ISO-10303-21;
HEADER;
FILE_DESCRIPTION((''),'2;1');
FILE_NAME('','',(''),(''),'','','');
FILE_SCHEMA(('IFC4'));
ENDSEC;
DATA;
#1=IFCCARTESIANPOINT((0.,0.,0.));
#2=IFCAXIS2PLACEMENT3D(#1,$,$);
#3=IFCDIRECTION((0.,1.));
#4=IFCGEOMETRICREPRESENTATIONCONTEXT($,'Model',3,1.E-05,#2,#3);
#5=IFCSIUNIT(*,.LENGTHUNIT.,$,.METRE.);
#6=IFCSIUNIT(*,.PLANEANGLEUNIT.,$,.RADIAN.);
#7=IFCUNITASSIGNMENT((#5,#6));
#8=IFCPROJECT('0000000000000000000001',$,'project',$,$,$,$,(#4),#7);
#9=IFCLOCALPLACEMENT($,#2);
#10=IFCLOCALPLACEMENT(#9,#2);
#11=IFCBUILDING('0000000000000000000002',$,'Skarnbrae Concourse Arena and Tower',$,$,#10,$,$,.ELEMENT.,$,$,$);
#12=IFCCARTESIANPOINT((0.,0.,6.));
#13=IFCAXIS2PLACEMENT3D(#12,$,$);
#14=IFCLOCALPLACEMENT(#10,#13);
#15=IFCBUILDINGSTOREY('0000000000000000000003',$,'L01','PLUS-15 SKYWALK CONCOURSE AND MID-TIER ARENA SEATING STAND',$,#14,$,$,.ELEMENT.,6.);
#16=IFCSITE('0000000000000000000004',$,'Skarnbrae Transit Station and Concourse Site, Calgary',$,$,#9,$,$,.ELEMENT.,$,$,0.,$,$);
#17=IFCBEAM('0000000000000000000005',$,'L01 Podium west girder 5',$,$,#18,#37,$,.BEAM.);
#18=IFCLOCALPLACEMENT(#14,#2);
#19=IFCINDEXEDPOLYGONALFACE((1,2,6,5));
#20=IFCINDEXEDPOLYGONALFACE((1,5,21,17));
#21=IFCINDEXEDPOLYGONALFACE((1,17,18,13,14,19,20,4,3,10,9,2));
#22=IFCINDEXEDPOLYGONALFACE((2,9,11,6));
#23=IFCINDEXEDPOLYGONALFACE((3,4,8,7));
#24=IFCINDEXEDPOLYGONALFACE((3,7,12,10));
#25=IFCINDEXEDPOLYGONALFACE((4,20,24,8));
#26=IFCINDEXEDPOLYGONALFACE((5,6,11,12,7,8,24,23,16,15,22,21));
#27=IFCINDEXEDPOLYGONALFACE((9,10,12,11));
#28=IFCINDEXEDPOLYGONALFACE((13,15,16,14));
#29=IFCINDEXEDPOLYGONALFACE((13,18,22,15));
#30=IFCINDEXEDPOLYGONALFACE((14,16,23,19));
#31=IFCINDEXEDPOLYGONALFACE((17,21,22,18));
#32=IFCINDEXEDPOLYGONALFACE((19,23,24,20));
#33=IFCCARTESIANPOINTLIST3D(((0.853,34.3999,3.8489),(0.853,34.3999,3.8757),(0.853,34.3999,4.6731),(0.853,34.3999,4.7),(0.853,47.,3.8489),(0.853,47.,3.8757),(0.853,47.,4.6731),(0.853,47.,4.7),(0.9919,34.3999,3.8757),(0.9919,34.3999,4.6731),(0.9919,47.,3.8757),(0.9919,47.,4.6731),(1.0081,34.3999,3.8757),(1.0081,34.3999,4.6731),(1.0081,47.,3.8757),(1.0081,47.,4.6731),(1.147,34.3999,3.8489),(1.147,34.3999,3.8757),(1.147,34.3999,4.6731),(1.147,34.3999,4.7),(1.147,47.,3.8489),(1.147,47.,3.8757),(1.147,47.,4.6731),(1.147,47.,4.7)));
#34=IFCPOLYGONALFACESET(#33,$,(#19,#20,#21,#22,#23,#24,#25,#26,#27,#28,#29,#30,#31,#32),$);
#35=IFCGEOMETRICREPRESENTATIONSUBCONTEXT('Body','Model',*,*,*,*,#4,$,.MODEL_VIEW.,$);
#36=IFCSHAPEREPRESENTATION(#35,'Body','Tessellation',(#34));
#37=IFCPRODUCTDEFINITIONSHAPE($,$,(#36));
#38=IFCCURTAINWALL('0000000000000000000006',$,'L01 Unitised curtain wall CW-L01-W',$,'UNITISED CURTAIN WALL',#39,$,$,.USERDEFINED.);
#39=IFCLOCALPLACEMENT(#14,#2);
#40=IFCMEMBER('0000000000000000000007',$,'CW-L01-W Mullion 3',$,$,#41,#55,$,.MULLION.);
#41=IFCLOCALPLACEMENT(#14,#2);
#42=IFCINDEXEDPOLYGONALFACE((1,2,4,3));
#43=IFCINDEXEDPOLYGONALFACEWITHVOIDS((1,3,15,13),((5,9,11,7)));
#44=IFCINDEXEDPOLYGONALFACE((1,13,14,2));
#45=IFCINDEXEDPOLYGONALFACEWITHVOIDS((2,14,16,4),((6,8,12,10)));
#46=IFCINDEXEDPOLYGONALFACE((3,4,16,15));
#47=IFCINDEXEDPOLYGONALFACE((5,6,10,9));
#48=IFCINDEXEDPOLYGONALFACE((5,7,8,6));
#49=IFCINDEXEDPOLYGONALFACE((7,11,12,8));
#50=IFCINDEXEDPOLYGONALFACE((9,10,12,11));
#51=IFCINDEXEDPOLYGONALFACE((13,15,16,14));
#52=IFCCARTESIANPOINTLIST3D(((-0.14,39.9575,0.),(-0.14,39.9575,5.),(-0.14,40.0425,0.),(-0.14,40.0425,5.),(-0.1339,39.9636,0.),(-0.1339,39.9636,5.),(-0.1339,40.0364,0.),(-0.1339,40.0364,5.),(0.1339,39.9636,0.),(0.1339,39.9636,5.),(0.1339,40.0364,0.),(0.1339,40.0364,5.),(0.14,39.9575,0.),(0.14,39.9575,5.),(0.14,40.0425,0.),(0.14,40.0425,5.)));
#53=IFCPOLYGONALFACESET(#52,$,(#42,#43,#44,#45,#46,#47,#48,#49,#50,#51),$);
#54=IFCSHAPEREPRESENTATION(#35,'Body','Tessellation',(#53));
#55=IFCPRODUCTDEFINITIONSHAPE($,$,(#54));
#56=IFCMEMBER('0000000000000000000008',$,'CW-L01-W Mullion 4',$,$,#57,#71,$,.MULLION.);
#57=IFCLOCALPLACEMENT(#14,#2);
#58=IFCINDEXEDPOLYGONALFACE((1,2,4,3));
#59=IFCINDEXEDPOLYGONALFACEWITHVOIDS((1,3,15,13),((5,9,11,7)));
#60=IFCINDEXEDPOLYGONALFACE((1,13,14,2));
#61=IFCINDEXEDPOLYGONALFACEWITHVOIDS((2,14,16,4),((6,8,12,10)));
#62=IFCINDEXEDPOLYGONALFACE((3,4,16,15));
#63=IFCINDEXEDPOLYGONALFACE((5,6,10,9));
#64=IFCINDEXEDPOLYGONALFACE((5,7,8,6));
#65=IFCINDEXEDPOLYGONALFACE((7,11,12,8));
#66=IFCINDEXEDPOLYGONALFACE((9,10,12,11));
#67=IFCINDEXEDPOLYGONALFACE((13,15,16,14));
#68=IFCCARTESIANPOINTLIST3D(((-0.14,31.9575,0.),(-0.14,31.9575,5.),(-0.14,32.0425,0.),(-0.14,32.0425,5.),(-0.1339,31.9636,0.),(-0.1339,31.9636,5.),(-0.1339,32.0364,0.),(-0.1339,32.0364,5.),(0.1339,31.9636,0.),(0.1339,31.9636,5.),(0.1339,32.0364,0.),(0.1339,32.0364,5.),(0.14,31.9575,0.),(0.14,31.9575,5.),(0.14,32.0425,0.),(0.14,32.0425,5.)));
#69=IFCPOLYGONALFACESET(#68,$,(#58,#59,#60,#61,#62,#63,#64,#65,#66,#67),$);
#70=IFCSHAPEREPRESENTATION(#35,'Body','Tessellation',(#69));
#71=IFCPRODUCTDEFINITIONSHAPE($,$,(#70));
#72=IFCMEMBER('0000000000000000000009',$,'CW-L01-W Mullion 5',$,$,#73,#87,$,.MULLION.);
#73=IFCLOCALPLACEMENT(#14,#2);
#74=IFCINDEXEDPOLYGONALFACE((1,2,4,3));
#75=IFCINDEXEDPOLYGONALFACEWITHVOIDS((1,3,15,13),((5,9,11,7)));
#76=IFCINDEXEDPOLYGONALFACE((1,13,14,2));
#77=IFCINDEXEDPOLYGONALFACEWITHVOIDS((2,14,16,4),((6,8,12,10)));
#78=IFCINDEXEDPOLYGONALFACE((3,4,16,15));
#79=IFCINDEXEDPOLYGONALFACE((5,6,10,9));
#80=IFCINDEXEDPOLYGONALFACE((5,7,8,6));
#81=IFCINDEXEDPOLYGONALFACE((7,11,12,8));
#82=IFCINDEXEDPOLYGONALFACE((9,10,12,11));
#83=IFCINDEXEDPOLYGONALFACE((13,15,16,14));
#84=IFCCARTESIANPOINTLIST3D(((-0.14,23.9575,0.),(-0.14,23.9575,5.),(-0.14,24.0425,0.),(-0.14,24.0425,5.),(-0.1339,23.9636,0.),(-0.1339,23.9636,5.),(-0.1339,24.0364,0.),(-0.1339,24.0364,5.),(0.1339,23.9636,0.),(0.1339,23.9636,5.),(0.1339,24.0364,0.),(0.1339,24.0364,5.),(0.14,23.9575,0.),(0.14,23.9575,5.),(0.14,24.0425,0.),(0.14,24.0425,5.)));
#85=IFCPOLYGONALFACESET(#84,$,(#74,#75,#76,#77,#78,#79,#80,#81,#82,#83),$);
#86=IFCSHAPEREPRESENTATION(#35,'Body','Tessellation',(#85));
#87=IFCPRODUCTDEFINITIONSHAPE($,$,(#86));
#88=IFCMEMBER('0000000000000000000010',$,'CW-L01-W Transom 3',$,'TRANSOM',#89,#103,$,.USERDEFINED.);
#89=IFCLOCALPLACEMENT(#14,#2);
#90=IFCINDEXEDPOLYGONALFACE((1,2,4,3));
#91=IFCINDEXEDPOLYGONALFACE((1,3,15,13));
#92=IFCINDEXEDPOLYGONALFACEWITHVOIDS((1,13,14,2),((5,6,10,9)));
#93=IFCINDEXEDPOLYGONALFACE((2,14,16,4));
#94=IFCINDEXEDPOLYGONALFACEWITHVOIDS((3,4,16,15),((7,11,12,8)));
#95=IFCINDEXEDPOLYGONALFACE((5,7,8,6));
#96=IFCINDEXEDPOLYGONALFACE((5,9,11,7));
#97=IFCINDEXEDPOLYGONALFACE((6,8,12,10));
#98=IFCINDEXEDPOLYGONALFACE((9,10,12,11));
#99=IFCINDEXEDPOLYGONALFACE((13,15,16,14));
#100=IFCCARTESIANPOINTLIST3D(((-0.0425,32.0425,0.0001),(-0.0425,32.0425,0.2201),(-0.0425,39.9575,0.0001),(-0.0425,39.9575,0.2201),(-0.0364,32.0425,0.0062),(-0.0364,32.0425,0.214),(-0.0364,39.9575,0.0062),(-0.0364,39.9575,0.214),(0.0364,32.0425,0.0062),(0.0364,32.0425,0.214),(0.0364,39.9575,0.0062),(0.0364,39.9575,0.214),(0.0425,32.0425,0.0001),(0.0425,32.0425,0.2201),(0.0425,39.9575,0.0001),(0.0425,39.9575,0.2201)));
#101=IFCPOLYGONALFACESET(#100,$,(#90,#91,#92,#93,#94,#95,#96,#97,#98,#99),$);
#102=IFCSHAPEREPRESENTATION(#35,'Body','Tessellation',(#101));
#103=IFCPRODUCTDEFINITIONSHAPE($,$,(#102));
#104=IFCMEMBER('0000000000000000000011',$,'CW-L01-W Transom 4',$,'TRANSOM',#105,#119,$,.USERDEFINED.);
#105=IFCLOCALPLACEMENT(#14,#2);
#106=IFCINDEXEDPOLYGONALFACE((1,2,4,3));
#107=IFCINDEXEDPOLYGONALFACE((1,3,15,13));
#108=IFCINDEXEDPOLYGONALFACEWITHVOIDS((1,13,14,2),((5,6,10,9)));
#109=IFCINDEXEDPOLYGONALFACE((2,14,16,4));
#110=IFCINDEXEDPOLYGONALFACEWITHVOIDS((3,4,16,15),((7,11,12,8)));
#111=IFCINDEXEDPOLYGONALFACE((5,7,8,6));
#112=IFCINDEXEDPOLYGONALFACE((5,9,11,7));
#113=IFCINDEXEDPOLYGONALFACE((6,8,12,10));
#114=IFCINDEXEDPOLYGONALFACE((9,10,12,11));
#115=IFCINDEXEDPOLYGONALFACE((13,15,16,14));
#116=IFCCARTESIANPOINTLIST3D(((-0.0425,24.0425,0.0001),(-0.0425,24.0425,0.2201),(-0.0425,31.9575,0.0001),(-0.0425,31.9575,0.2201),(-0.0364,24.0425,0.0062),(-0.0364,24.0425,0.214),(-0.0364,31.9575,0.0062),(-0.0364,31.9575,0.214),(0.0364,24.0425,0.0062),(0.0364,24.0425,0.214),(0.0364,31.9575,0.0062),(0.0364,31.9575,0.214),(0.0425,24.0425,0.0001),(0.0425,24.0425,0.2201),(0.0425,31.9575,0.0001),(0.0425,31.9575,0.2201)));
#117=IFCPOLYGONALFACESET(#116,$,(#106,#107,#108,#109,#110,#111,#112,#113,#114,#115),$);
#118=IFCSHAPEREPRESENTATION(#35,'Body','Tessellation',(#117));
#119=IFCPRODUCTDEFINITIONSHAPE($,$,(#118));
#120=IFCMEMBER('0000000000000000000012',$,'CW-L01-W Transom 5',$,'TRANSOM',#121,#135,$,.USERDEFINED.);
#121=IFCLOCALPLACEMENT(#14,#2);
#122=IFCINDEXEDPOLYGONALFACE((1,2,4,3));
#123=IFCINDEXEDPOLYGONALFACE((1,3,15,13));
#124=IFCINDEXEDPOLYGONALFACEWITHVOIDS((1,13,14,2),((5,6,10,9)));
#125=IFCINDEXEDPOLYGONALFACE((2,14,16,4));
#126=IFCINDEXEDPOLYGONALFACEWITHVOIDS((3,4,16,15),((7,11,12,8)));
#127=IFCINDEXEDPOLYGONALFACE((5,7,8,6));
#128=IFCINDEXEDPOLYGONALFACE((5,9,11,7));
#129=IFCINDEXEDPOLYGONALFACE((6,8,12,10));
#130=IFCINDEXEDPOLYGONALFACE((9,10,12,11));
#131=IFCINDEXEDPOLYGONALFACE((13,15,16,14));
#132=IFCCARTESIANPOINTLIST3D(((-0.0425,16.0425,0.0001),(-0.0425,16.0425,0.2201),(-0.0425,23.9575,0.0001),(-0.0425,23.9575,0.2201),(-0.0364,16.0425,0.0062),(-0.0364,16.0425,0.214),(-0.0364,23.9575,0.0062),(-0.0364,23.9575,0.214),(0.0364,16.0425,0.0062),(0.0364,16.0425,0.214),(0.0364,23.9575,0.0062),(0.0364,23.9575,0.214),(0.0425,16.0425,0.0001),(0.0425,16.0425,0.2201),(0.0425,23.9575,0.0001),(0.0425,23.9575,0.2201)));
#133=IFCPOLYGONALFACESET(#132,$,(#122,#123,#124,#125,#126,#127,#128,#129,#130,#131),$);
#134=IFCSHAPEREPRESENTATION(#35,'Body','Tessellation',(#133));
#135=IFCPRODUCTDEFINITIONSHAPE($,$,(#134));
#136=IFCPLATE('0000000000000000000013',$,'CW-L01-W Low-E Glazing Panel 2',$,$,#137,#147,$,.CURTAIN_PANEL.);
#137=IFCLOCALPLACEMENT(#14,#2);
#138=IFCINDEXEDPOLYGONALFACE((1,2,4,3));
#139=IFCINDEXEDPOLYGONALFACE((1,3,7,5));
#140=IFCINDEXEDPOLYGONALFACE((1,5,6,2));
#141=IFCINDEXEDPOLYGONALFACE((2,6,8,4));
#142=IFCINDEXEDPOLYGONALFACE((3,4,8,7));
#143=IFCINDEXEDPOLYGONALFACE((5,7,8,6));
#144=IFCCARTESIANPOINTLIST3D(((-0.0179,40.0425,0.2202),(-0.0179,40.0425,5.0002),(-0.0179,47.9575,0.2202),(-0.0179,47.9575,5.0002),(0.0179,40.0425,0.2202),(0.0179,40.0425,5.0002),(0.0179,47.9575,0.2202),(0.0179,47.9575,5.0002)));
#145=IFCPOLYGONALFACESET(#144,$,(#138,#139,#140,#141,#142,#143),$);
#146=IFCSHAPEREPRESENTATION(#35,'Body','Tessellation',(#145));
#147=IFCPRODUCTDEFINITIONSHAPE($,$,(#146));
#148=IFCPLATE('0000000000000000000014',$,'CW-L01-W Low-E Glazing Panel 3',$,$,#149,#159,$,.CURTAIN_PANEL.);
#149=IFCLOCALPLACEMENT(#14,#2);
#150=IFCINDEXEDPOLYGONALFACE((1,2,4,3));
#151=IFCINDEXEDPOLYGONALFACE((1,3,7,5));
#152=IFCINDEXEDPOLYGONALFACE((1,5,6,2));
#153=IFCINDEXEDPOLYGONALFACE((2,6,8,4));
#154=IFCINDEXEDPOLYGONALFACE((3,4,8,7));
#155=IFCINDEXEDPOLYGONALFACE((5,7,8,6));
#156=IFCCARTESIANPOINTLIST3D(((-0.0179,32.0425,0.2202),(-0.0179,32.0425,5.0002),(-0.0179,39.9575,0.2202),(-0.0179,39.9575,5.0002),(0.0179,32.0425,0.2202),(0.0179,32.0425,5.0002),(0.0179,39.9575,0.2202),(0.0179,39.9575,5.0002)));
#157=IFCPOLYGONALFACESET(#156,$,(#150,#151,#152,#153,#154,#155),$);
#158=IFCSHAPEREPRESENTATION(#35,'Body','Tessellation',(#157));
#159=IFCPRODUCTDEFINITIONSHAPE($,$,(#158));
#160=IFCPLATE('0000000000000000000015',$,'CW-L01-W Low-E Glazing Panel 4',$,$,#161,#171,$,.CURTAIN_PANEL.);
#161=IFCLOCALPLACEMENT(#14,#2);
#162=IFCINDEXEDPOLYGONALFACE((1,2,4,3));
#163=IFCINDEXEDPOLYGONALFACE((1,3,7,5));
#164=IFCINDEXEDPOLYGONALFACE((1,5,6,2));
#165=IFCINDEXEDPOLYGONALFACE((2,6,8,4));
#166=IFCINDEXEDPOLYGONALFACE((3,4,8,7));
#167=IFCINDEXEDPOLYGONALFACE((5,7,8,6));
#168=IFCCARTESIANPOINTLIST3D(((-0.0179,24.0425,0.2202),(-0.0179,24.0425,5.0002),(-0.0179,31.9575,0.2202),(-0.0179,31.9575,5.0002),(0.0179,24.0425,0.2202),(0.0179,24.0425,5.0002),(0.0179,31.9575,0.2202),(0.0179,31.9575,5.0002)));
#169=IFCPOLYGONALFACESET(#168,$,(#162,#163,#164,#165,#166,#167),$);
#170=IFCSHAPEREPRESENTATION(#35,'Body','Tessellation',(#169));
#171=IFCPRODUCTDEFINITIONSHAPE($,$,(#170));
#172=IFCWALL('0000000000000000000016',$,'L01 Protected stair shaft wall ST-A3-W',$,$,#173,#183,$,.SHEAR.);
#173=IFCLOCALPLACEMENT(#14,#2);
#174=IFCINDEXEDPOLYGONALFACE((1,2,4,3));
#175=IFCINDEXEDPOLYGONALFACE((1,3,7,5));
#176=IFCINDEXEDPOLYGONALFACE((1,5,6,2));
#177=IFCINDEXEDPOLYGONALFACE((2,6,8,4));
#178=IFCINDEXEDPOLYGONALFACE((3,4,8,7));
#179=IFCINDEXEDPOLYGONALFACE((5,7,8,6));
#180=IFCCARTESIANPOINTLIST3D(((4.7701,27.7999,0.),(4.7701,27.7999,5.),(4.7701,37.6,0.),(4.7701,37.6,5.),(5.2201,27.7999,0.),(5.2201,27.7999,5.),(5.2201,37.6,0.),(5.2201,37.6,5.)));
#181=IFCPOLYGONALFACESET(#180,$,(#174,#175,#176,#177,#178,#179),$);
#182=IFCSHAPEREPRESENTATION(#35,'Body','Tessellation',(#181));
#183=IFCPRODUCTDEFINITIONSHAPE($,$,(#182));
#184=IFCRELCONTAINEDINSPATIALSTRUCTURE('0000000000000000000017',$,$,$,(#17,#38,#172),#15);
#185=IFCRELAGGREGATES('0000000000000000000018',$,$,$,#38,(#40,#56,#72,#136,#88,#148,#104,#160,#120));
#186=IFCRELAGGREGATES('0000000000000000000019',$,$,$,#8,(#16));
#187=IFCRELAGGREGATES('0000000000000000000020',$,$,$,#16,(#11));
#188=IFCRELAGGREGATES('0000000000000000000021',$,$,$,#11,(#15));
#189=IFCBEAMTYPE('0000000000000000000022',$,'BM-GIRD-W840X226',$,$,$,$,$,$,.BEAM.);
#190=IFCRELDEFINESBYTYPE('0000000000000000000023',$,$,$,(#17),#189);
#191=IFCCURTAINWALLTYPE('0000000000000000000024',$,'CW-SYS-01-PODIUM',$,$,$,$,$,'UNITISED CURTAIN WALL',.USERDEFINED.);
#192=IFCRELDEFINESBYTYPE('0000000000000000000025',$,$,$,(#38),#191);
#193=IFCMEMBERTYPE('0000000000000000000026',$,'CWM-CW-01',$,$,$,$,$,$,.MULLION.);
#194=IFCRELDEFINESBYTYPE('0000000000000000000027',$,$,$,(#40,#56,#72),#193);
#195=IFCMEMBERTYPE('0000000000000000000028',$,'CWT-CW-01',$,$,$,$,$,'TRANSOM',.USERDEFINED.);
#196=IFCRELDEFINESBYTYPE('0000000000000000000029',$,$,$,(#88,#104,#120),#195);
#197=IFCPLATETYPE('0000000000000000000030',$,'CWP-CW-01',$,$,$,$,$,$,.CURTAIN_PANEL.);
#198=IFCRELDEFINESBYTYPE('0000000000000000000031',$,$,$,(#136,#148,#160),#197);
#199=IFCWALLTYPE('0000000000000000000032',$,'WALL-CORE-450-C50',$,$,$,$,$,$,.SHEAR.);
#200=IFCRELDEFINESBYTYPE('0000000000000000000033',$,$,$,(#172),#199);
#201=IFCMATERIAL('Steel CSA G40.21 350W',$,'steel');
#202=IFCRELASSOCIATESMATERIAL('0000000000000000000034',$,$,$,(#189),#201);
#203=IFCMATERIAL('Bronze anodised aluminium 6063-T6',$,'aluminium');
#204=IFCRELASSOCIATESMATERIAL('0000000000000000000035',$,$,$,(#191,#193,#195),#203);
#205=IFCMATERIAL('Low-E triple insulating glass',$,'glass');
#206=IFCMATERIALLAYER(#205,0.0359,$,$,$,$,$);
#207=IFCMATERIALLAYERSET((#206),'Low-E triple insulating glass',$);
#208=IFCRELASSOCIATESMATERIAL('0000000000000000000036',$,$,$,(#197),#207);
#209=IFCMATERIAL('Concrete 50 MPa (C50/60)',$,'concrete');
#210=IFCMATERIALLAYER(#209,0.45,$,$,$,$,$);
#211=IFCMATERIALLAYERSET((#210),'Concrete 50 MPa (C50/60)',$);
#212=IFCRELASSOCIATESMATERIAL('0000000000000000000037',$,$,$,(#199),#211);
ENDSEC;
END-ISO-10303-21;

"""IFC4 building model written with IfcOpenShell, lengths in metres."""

from ifc_helpers import new_model, si_unit, direction, frame, frame_2d, origin, origin_2d, place, context, subcontext, project, spatial, rectangle, hollow_rectangle, i_section, extrude, source, transform, mapped, material, layer, layer_set, material_profile, profile_set, type_object, element, aggregate, save


model = new_model("IFC4")

# Units and contexts
model_context = context("Model", 3, precision=1e-05, world=origin(), true_north=direction((0.0, 1.0)))
body_context = subcontext(model_context, "Body", "Model", "MODEL_VIEW")
ifc_project = project(units=[si_unit("LENGTHUNIT", "METRE"), si_unit("PLANEANGLEUNIT", "RADIAN")], contexts=[model_context])

# Site, building, storey
site_placement = place(None, origin())
site = spatial("IfcSite", under=ifc_project, at=site_placement, Name="Skarnbrae Transit Station and Concourse Site, Calgary", CompositionType="ELEMENT", RefElevation=0.0)
building_placement = place(site_placement, origin())
building = spatial("IfcBuilding", under=site, at=building_placement, Name="Skarnbrae Concourse Arena and Tower", CompositionType="ELEMENT")
storey_placement = place(building_placement, frame((0.0, 0.0, 6.0)))
storey = spatial("IfcBuildingStorey", under=building, at=storey_placement, Name="L01", Description="PLUS-15 SKYWALK CONCOURSE AND MID-TIER ARENA SEATING STAND", CompositionType="ELEMENT", Elevation=6.0)

# Shared definitions
ifc_material_1 = material(Name="Steel CSA G40.21 350W", Category="steel")

# Beam
ifc_material_profile_1 = material_profile(ifc_material_1, i_section(OverallWidth=0.2939, OverallDepth=0.8511, WebThickness=0.0161, FlangeThickness=0.0269, at=origin_2d()), Name="W840X226")
ifc_profile_set_1 = profile_set([ifc_material_profile_1], Name="Steel CSA G40.21 350W")
beam_type = type_object("IfcBeamType", Name="BM-GIRD-W840X226", PredefinedType="BEAM", material=ifc_profile_set_1)
shared_shape_1 = source(origin(), body_context, "Body", "SweptSolid", [
    extrude(i_section(OverallWidth=0.2939, OverallDepth=0.8511, WebThickness=0.0161, FlangeThickness=0.0269, at=origin_2d()), origin(), (0.0, 0.0, 1.0), 12.6001),
])
beam_1_placement = place(storey_placement, frame((1.0, 34.3999, 4.2744), z_axis=(0.0, 1.0, 0.0), x_axis=(-1.0, 0.0, 0.0)))
element("IfcBeam", 1, at=beam_1_placement, inside=storey, type_object=beam_type, Name="L01 Podium west girder 5", PredefinedType="BEAM", context=body_context, shape_type="MappedRepresentation", body=[
    mapped(shared_shape_1, transform((0.0, 0.0, 0.0))),
])

# Curtain wall, members, plates
ifc_material_2 = material(Name="Bronze anodised aluminium 6063-T6", Category="aluminium")
curtain_wall_type = type_object("IfcCurtainWallType", Name="CW-SYS-01-PODIUM", ElementType="UNITISED CURTAIN WALL", PredefinedType="USERDEFINED", material=ifc_material_2)
curtain_wall_placement = place(storey_placement, origin())
curtain_wall = element("IfcCurtainWall", 2, at=curtain_wall_placement, inside=storey, type_object=curtain_wall_type, Name="L01 Unitised curtain wall CW-L01-W", ObjectType="UNITISED CURTAIN WALL", PredefinedType="USERDEFINED")
ifc_material_profile_2 = material_profile(ifc_material_2, hollow_rectangle(XDim=0.085, YDim=0.28, WallThickness=0.0061, at=origin_2d()), Name="ALU-MULL-85X280")
ifc_profile_set_2 = profile_set([ifc_material_profile_2], Name="Bronze anodised aluminium 6063-T6")
member_type_1 = type_object("IfcMemberType", Name="CWM-CW-01", PredefinedType="MULLION", material=ifc_profile_set_2)
shared_shape_2 = source(origin(), body_context, "Body", "SweptSolid", [
    extrude(hollow_rectangle(XDim=0.085, YDim=0.28, WallThickness=0.0061, at=origin_2d()), origin(), (0.0, 0.0, 1.0), 5.0),
])
member_1_placement = place(storey_placement, frame((0.0, 40.0, 0.0), z_axis=(0.0, 0.0, 1.0), x_axis=(0.0, -1.0, 0.0)))
member_1 = element("IfcMember", 3, at=member_1_placement, type_object=member_type_1, Name="CW-L01-W Mullion 3", PredefinedType="MULLION", context=body_context, shape_type="MappedRepresentation", body=[
    mapped(shared_shape_2, transform((0.0, 0.0, 0.0))),
])
member_2_placement = place(storey_placement, frame((0.0, 32.0, 0.0), z_axis=(0.0, 0.0, 1.0), x_axis=(0.0, -1.0, 0.0)))
member_2 = element("IfcMember", 4, at=member_2_placement, type_object=member_type_1, Name="CW-L01-W Mullion 4", PredefinedType="MULLION", context=body_context, shape_type="MappedRepresentation", body=[
    mapped(shared_shape_2, transform((0.0, 0.0, 0.0))),
])
member_3_placement = place(storey_placement, frame((0.0, 24.0, 0.0), z_axis=(0.0, 0.0, 1.0), x_axis=(0.0, -1.0, 0.0)))
member_3 = element("IfcMember", 5, at=member_3_placement, type_object=member_type_1, Name="CW-L01-W Mullion 5", PredefinedType="MULLION", context=body_context, shape_type="MappedRepresentation", body=[
    mapped(shared_shape_2, transform((0.0, 0.0, 0.0))),
])
ifc_material_profile_3 = material_profile(ifc_material_2, hollow_rectangle(XDim=0.085, YDim=0.22, WallThickness=0.0061, at=origin_2d()), Name="ALU-TRAN-85X220")
ifc_profile_set_3 = profile_set([ifc_material_profile_3], Name="Bronze anodised aluminium 6063-T6")
member_type_2 = type_object("IfcMemberType", Name="CWT-CW-01", ElementType="TRANSOM", PredefinedType="USERDEFINED", material=ifc_profile_set_3)
shared_shape_3 = source(origin(), body_context, "Body", "SweptSolid", [
    extrude(hollow_rectangle(XDim=0.085, YDim=0.22, WallThickness=0.0061, at=origin_2d()), origin(), (0.0, 0.0, 1.0), 7.915),
])
member_4_placement = place(storey_placement, frame((0.0, 39.9575, 0.1101), z_axis=(0.0, -1.0, 0.0), x_axis=(1.0, 0.0, 0.0)))
member_4 = element("IfcMember", 6, at=member_4_placement, type_object=member_type_2, Name="CW-L01-W Transom 3", ObjectType="TRANSOM", PredefinedType="USERDEFINED", context=body_context, shape_type="MappedRepresentation", body=[
    mapped(shared_shape_3, transform((0.0, 0.0, 0.0))),
])
member_5_placement = place(storey_placement, frame((0.0, 31.9575, 0.1101), z_axis=(0.0, -1.0, 0.0), x_axis=(1.0, 0.0, 0.0)))
member_5 = element("IfcMember", 7, at=member_5_placement, type_object=member_type_2, Name="CW-L01-W Transom 4", ObjectType="TRANSOM", PredefinedType="USERDEFINED", context=body_context, shape_type="MappedRepresentation", body=[
    mapped(shared_shape_3, transform((0.0, 0.0, 0.0))),
])
member_6_placement = place(storey_placement, frame((0.0, 23.9575, 0.1101), z_axis=(0.0, -1.0, 0.0), x_axis=(1.0, 0.0, 0.0)))
member_6 = element("IfcMember", 8, at=member_6_placement, type_object=member_type_2, Name="CW-L01-W Transom 5", ObjectType="TRANSOM", PredefinedType="USERDEFINED", context=body_context, shape_type="MappedRepresentation", body=[
    mapped(shared_shape_3, transform((0.0, 0.0, 0.0))),
])
ifc_material_3 = material(Name="Low-E triple insulating glass", Category="glass")
ifc_layer_1 = layer(ifc_material_3, 0.0359)
ifc_layer_set_1 = layer_set([ifc_layer_1], Name="Low-E triple insulating glass")
plate_type = type_object("IfcPlateType", Name="CWP-CW-01", PredefinedType="CURTAIN_PANEL", material=ifc_layer_set_1)
shared_shape_4 = source(origin(), body_context, "Body", "SweptSolid", [
    extrude(rectangle(XDim=7.915, YDim=0.0359, at=origin_2d()), origin(), (0.0, 0.0, 1.0), 4.78),
])
plate_1_placement = place(storey_placement, frame((0.0, 44.0, 0.2202), z_axis=(0.0, 0.0, 1.0), x_axis=(0.0, -1.0, 0.0)))
plate_1 = element("IfcPlate", 9, at=plate_1_placement, type_object=plate_type, Name="CW-L01-W Low-E Glazing Panel 2", PredefinedType="CURTAIN_PANEL", context=body_context, shape_type="MappedRepresentation", body=[
    mapped(shared_shape_4, transform((0.0, 0.0, 0.0))),
])
plate_2_placement = place(storey_placement, frame((0.0, 36.0, 0.2202), z_axis=(0.0, 0.0, 1.0), x_axis=(0.0, -1.0, 0.0)))
plate_2 = element("IfcPlate", 10, at=plate_2_placement, type_object=plate_type, Name="CW-L01-W Low-E Glazing Panel 3", PredefinedType="CURTAIN_PANEL", context=body_context, shape_type="MappedRepresentation", body=[
    mapped(shared_shape_4, transform((0.0, 0.0, 0.0))),
])
plate_3_placement = place(storey_placement, frame((0.0, 28.0, 0.2202), z_axis=(0.0, 0.0, 1.0), x_axis=(0.0, -1.0, 0.0)))
plate_3 = element("IfcPlate", 11, at=plate_3_placement, type_object=plate_type, Name="CW-L01-W Low-E Glazing Panel 4", PredefinedType="CURTAIN_PANEL", context=body_context, shape_type="MappedRepresentation", body=[
    mapped(shared_shape_4, transform((0.0, 0.0, 0.0))),
])
aggregate(curtain_wall, [member_1, member_2, member_3, plate_1, member_4, plate_2, member_5, plate_3, member_6])

# Wall
ifc_material_4 = material(Name="Concrete 50 MPa (C50/60)", Category="concrete")
ifc_layer_2 = layer(ifc_material_4, 0.45)
ifc_layer_set_2 = layer_set([ifc_layer_2], Name="Concrete 50 MPa (C50/60)")
wall_type = type_object("IfcWallType", Name="WALL-CORE-450-C50", PredefinedType="SHEAR", material=ifc_layer_set_2)
shared_shape_5 = source(origin(), body_context, "Body", "SweptSolid", [
    extrude(rectangle(XDim=9.8, YDim=0.45, at=frame_2d((4.8999, 0.0))), origin(), (0.0, 0.0, 1.0), 5.0),
])
wall_1_placement = place(storey_placement, frame((4.9951, 27.8, 0.0), z_axis=(0.0, 0.0, 1.0), x_axis=(0.0, 1.0, 0.0)))
element("IfcWall", 12, at=wall_1_placement, inside=storey, type_object=wall_type, Name="L01 Protected stair shaft wall ST-A3-W", PredefinedType="SHEAR", context=body_context, shape_type="MappedRepresentation", body=[
    mapped(shared_shape_5, transform((0.0, 0.0, 0.0))),
])

save(model, "model.ifc")
